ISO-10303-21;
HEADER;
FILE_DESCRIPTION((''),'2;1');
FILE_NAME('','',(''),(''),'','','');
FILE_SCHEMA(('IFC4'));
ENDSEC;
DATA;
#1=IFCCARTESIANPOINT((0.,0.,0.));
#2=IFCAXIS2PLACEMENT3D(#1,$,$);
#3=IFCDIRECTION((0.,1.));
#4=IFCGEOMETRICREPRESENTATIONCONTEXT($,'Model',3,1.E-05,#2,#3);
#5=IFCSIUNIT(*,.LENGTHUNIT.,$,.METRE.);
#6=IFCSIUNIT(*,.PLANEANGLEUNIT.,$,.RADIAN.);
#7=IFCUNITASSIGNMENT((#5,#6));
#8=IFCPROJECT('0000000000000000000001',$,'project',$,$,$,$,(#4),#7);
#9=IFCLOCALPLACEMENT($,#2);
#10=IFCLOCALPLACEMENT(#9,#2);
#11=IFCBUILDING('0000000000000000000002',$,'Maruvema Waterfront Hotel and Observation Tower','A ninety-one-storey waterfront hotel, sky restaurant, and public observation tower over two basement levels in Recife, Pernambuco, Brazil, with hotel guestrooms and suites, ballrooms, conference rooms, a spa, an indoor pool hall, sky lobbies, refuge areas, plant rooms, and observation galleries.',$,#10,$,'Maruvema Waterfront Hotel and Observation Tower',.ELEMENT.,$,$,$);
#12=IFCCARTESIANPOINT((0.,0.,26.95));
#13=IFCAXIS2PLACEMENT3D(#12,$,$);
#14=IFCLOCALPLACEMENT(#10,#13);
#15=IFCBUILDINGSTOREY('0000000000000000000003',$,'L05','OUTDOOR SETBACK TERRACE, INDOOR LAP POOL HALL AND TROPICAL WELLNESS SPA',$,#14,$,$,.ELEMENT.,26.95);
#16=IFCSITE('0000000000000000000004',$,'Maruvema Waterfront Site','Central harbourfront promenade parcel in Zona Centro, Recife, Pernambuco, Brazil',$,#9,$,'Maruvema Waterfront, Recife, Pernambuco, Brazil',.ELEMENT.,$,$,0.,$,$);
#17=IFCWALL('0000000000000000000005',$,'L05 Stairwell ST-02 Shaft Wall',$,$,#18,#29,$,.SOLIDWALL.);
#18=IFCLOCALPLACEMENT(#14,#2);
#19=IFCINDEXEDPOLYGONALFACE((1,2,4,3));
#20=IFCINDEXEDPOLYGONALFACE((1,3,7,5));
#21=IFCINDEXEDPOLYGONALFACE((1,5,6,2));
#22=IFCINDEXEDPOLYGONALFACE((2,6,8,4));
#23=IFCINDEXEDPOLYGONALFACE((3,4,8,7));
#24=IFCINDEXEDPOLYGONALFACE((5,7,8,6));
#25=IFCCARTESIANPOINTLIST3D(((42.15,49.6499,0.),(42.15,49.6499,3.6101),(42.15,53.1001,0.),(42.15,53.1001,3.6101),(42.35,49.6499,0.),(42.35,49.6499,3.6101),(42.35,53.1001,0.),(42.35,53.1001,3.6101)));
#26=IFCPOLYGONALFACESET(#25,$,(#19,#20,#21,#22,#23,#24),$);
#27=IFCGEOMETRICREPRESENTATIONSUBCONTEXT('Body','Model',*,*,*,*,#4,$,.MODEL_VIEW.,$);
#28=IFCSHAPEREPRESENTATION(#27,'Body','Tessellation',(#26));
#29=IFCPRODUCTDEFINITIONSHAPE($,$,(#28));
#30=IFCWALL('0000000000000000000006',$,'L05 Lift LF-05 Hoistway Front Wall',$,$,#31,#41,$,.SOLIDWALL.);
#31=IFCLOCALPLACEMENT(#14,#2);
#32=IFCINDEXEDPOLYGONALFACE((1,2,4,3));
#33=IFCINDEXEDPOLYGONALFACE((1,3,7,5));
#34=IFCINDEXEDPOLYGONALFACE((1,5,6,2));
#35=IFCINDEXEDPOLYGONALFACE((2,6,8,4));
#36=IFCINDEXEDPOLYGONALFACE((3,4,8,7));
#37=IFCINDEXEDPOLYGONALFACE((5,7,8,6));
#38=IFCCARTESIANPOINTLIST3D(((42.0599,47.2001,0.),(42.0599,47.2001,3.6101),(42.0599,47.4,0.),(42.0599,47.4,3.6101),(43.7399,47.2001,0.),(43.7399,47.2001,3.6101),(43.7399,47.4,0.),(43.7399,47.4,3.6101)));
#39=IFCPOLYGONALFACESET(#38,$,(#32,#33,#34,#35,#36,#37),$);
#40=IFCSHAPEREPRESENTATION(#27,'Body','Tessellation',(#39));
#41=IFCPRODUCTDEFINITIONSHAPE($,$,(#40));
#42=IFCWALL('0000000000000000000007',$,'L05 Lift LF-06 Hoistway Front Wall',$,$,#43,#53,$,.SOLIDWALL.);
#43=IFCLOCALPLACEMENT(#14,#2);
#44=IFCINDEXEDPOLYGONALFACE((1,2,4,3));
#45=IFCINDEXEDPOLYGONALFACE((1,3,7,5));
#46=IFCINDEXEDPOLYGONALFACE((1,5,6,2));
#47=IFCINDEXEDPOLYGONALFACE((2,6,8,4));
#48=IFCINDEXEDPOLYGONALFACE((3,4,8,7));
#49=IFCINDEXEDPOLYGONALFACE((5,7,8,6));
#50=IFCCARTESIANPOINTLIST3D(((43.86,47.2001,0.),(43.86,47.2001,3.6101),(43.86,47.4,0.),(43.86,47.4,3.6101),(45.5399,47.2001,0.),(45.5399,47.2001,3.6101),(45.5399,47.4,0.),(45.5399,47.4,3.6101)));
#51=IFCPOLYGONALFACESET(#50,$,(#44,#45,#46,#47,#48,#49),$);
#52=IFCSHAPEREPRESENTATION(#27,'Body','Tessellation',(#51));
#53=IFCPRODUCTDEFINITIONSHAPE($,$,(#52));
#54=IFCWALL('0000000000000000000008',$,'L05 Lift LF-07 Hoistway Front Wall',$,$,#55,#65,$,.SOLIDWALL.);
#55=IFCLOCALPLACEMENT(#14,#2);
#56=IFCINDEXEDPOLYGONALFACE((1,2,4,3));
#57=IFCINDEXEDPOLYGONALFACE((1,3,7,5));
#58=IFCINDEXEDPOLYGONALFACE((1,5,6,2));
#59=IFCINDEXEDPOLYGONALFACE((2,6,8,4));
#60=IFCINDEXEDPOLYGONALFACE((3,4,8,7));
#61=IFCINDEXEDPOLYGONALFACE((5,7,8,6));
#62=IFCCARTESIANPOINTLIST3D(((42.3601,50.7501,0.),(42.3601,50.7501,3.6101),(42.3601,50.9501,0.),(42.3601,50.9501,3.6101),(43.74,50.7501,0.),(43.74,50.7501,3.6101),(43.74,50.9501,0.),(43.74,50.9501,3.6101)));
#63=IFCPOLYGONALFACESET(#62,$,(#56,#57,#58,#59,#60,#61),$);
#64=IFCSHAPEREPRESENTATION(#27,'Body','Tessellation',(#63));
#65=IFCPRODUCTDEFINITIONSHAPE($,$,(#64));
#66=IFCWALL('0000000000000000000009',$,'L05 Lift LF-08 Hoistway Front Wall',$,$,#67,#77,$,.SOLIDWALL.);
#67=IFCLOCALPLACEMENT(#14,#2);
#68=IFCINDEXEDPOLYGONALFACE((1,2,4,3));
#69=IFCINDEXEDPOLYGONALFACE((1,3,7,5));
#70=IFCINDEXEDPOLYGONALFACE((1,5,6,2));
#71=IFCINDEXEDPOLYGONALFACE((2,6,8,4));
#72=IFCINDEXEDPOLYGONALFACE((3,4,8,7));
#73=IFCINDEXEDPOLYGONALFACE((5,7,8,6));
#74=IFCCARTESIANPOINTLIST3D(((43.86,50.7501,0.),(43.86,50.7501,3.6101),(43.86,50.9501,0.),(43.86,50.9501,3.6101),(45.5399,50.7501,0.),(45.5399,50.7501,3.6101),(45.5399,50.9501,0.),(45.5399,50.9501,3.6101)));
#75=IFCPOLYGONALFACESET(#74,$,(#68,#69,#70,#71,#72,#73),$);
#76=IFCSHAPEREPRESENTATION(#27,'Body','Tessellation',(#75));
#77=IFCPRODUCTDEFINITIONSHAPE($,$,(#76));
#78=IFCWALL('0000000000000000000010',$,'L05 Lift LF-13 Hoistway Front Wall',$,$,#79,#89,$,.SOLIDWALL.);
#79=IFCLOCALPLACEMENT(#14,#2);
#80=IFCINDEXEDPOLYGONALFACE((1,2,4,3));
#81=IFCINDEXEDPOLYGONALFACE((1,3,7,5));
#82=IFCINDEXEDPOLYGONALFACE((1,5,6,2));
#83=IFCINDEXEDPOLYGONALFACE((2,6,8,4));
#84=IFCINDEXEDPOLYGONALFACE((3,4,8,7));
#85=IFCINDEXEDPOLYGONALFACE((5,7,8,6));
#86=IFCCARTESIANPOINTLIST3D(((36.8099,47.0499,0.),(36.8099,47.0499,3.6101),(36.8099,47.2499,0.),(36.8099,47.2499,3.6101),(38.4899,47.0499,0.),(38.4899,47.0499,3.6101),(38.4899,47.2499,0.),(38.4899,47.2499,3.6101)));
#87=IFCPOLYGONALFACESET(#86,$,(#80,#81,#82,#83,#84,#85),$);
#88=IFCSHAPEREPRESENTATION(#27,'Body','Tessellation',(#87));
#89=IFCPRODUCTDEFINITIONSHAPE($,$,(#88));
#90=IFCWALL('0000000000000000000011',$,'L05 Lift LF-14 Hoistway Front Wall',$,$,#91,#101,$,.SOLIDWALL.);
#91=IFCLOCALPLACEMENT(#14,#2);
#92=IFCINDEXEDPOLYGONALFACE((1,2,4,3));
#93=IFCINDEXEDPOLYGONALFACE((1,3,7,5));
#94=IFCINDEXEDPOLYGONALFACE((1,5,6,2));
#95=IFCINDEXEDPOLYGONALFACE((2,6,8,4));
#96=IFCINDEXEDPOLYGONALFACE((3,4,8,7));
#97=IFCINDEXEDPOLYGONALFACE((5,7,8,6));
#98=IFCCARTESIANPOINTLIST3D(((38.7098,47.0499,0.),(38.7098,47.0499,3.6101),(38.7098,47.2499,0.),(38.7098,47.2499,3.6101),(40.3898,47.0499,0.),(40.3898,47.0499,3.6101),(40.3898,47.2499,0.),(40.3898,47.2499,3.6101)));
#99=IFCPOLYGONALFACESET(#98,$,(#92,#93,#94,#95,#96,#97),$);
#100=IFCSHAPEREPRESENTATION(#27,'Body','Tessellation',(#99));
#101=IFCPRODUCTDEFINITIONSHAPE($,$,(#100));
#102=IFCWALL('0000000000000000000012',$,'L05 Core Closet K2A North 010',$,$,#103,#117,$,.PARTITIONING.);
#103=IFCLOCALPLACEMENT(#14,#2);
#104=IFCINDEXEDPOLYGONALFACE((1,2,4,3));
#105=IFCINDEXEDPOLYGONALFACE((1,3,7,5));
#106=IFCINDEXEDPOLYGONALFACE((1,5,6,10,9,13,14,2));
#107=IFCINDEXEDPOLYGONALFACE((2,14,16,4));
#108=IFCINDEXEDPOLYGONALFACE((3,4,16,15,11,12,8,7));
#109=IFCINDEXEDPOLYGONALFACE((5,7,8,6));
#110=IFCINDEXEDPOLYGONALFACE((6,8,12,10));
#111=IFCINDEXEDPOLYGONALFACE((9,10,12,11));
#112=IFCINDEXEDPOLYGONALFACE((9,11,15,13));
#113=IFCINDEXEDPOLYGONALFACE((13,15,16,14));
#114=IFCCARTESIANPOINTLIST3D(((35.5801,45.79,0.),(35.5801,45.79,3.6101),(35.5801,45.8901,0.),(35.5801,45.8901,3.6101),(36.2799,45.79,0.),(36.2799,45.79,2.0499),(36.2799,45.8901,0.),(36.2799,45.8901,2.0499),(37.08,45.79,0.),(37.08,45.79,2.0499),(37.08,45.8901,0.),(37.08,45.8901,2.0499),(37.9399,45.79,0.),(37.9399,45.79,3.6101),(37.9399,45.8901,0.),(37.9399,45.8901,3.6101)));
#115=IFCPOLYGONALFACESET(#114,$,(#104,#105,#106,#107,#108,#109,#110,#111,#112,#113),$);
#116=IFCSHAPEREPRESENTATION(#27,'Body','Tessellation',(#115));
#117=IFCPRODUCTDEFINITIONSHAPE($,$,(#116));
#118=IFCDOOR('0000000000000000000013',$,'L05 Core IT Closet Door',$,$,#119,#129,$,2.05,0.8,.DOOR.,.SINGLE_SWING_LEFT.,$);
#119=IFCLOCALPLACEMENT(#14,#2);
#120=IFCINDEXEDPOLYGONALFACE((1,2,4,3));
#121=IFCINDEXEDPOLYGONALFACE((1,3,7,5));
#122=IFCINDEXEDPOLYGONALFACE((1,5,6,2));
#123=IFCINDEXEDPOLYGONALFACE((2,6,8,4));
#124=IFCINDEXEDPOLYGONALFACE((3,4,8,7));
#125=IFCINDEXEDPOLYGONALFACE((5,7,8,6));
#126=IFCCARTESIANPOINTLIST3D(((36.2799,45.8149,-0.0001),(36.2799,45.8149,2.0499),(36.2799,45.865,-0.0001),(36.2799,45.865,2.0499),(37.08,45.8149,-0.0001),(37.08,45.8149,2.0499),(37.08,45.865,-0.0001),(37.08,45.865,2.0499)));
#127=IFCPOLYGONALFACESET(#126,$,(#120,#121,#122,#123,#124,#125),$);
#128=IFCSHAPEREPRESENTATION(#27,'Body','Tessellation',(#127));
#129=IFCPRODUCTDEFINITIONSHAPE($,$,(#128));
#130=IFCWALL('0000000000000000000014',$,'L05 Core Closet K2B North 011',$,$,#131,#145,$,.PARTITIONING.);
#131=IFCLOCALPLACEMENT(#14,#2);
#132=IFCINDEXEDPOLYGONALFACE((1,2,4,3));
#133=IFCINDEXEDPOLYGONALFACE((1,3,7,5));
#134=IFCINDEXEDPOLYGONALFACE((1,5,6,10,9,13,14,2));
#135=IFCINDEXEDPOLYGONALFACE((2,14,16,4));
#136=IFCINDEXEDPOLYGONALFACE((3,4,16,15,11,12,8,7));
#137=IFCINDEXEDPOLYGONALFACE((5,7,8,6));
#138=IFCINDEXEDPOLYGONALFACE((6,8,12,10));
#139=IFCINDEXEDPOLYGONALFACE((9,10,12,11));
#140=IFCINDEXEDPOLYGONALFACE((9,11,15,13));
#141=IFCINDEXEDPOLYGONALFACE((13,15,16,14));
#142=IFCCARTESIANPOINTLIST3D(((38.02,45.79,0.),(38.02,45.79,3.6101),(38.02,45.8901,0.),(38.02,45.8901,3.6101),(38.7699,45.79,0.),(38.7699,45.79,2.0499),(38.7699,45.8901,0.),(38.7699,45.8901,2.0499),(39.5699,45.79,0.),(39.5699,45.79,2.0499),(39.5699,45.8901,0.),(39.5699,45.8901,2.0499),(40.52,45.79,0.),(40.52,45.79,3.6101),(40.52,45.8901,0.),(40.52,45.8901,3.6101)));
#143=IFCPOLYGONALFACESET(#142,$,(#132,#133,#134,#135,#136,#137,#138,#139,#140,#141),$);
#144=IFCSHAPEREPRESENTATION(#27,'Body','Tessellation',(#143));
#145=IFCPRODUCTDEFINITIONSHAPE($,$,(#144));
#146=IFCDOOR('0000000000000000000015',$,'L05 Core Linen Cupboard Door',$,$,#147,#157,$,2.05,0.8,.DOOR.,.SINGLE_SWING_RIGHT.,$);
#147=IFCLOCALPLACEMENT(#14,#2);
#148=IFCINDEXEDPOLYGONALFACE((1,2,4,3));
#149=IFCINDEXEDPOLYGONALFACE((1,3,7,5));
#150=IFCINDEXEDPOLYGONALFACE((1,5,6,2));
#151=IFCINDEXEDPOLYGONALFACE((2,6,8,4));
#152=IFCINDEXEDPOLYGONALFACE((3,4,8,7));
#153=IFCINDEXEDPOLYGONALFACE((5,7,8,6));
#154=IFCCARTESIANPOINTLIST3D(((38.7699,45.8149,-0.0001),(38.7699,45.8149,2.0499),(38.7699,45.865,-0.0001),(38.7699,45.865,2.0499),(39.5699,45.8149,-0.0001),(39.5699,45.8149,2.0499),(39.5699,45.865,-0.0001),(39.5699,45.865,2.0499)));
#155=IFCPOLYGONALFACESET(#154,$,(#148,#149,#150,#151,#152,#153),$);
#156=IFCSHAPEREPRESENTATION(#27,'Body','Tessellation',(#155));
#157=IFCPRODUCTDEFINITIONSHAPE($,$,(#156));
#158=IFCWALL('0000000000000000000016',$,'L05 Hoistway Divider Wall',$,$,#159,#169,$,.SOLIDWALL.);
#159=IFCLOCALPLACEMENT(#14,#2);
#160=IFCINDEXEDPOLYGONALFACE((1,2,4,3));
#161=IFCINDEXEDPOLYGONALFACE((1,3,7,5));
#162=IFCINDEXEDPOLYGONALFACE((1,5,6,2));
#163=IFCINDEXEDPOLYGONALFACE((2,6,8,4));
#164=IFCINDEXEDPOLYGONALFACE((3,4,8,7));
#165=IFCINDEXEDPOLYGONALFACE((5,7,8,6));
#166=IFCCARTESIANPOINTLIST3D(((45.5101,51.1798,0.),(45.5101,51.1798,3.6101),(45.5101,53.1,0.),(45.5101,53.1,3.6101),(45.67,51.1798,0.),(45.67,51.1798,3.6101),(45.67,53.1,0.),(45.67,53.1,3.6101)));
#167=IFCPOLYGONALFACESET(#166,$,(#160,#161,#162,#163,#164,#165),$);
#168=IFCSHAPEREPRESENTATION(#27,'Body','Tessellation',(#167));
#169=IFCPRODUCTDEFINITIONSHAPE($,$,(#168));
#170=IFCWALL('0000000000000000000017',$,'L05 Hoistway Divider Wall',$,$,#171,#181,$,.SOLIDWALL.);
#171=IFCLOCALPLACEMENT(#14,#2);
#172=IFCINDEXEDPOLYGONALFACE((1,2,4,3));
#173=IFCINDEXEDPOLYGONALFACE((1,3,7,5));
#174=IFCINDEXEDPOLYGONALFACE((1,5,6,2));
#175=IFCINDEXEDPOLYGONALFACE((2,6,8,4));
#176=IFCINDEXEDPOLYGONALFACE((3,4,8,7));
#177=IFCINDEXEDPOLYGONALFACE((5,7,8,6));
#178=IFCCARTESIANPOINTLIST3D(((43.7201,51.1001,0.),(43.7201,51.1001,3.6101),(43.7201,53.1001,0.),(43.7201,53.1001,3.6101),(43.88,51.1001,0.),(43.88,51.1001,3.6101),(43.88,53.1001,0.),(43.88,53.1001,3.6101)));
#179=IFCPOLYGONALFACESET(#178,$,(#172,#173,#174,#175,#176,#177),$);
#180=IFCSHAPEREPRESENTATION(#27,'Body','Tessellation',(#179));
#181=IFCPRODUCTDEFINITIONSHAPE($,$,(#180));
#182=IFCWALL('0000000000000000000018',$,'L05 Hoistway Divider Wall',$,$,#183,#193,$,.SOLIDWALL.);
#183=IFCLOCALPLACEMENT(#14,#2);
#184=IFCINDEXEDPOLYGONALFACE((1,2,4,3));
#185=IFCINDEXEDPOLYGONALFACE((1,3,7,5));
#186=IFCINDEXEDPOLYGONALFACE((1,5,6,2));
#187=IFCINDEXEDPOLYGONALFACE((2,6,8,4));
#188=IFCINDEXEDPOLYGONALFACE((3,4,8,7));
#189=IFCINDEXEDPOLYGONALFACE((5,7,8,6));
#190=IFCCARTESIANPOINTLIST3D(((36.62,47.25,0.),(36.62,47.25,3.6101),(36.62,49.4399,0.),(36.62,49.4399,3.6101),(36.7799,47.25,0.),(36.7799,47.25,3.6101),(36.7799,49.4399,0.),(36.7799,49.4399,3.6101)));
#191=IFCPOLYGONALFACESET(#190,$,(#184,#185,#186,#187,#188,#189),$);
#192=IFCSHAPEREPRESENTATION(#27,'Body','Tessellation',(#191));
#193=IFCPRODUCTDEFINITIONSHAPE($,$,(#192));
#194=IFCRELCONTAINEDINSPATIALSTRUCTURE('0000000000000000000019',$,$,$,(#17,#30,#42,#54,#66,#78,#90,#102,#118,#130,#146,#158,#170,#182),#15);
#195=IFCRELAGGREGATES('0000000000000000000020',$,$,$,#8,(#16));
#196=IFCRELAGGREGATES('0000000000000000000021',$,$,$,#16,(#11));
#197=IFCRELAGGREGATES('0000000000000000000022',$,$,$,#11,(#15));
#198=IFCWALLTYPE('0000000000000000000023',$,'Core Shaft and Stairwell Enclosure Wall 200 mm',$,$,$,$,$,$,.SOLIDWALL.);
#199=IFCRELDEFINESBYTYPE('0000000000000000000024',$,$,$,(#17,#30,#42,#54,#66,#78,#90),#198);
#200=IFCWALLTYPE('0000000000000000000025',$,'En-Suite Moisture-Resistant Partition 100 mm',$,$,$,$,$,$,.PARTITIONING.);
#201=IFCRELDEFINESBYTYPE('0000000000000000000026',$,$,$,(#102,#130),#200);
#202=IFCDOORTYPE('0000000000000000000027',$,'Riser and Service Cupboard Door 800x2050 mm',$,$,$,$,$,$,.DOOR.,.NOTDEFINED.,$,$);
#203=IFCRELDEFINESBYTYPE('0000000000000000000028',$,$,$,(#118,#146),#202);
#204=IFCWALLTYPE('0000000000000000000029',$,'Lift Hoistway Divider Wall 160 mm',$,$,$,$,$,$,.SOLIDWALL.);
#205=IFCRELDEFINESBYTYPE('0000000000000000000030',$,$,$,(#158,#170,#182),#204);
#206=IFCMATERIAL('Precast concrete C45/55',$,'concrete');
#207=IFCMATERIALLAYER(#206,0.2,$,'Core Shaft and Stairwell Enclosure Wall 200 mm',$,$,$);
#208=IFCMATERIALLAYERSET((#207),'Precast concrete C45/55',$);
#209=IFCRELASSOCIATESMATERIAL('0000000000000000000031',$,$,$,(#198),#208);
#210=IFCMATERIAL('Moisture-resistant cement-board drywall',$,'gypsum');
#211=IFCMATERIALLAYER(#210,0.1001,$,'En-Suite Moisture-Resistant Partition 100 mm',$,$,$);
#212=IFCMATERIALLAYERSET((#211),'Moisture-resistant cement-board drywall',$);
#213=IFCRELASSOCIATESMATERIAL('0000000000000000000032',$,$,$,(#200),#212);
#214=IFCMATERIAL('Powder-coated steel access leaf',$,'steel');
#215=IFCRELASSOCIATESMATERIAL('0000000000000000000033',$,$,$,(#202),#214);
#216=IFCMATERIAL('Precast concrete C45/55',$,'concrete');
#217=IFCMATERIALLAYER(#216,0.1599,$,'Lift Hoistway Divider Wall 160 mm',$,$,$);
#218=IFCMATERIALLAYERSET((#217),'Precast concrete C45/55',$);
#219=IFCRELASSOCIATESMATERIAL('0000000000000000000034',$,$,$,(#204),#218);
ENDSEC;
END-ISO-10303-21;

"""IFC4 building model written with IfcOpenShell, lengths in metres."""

from ifc_helpers import new_model, si_unit, direction, frame, frame_2d, origin, place, context, subcontext, project, spatial, rectangle, extrude, material, layer, layer_set, type_object, element, fill, save


model = new_model("IFC4")

# Units and contexts
model_context = context("Model", 3, precision=1e-05, world=origin(), true_north=direction((0.0, 1.0)))
body_context = subcontext(model_context, "Body", "Model", "MODEL_VIEW")
ifc_project = project(units=[si_unit("LENGTHUNIT", "METRE"), si_unit("PLANEANGLEUNIT", "RADIAN")], contexts=[model_context])

# Site, building, storey
site_placement = place(None, origin())
site = spatial("IfcSite", under=ifc_project, at=site_placement, Name="Maruvema Waterfront Site", Description="Central harbourfront promenade parcel in Zona Centro, Recife, Pernambuco, Brazil", LongName="Maruvema Waterfront, Recife, Pernambuco, Brazil", CompositionType="ELEMENT", RefElevation=0.0)
building_placement = place(site_placement, origin())
building = spatial("IfcBuilding", under=site, at=building_placement, Name="Maruvema Waterfront Hotel and Observation Tower", Description="A ninety-one-storey waterfront hotel, sky restaurant, and public observation tower over two basement levels in Recife, Pernambuco, Brazil, with hotel guestrooms and suites, ballrooms, conference rooms, a spa, an indoor pool hall, sky lobbies, refuge areas, plant rooms, and observation galleries.", LongName="Maruvema Waterfront Hotel and Observation Tower", CompositionType="ELEMENT")
storey_placement = place(building_placement, frame((0.0, 0.0, 26.95)))
storey = spatial("IfcBuildingStorey", under=building, at=storey_placement, Name="L05", Description="OUTDOOR SETBACK TERRACE, INDOOR LAP POOL HALL AND TROPICAL WELLNESS SPA", CompositionType="ELEMENT", Elevation=26.95)

# Walls
ifc_material_1 = material(Name="Precast concrete C45/55", Category="concrete")
ifc_layer_1 = layer(ifc_material_1, 0.2, Name="Core Shaft and Stairwell Enclosure Wall 200 mm")
ifc_layer_set_1 = layer_set([ifc_layer_1], Name="Precast concrete C45/55")
wall_type_1 = type_object("IfcWallType", Name="Core Shaft and Stairwell Enclosure Wall 200 mm", PredefinedType="SOLIDWALL", material=ifc_layer_set_1)
wall_1_placement = place(storey_placement, frame((42.25, 49.6499, 0.0), z_axis=(0.0, 0.0, 1.0), x_axis=(0.0, 1.0, 0.0)))
element("IfcWall", 1, at=wall_1_placement, inside=storey, type_object=wall_type_1, Name="L05 Stairwell ST-02 Shaft Wall", PredefinedType="SOLIDWALL", context=body_context, shape_type="SweptSolid", body=[
    extrude(rectangle(XDim=3.4502, YDim=0.2, at=frame_2d((1.7251, 0.0))), origin(), (0.0, 0.0, 1.0), 3.6101),
])
for number, where, z_axis, x_axis, name in (
    (2, (42.0601, 47.3, 0.0), (0.0, 0.0, 1.0), (1.0, 0.0, 0.0), "L05 Lift LF-05 Hoistway Front Wall"),
    (3, (43.8601, 47.3, 0.0), (0.0, 0.0, 1.0), (1.0, 0.0, 0.0), "L05 Lift LF-06 Hoistway Front Wall"),
):
    element("IfcWall", number, at=place(storey_placement, frame(where, z_axis=z_axis, x_axis=x_axis)), inside=storey, type_object=wall_type_1, Name=name, PredefinedType="SOLIDWALL", context=body_context, shape_type="SweptSolid", body=[
        extrude(rectangle(XDim=1.6799, YDim=0.2, at=frame_2d((0.8398, 0.0))), origin(), (0.0, 0.0, 1.0), 3.6101),
    ])
wall_2_placement = place(storey_placement, frame((42.3601, 50.8501, 0.0), z_axis=(0.0, 0.0, 1.0), x_axis=(1.0, 0.0, 0.0)))
element("IfcWall", 4, at=wall_2_placement, inside=storey, type_object=wall_type_1, Name="L05 Lift LF-07 Hoistway Front Wall", PredefinedType="SOLIDWALL", context=body_context, shape_type="SweptSolid", body=[
    extrude(rectangle(XDim=1.3799, YDim=0.2, at=frame_2d((0.6899, 0.0))), origin(), (0.0, 0.0, 1.0), 3.6101),
])
for number, where, z_axis, x_axis, name in (
    (5, (43.8601, 50.8501, 0.0), (0.0, 0.0, 1.0), (1.0, 0.0, 0.0), "L05 Lift LF-08 Hoistway Front Wall"),
    (6, (36.8101, 47.1499, 0.0), (0.0, 0.0, 1.0), (1.0, 0.0, 0.0), "L05 Lift LF-13 Hoistway Front Wall"),
    (7, (38.71, 47.1499, 0.0), (0.0, 0.0, 1.0), (1.0, 0.0, 0.0), "L05 Lift LF-14 Hoistway Front Wall"),
):
    element("IfcWall", number, at=place(storey_placement, frame(where, z_axis=z_axis, x_axis=x_axis)), inside=storey, type_object=wall_type_1, Name=name, PredefinedType="SOLIDWALL", context=body_context, shape_type="SweptSolid", body=[
        extrude(rectangle(XDim=1.6799, YDim=0.2, at=frame_2d((0.8398, 0.0))), origin(), (0.0, 0.0, 1.0), 3.6101),
    ])

# Walls, openings, doors
ifc_material_2 = material(Name="Moisture-resistant cement-board drywall", Category="gypsum")
ifc_layer_2 = layer(ifc_material_2, 0.1001, Name="En-Suite Moisture-Resistant Partition 100 mm")
ifc_layer_set_2 = layer_set([ifc_layer_2], Name="Moisture-resistant cement-board drywall")
wall_type_2 = type_object("IfcWallType", Name="En-Suite Moisture-Resistant Partition 100 mm", PredefinedType="PARTITIONING", material=ifc_layer_set_2)
wall_3_placement = place(storey_placement, frame((35.5801, 45.8401, 0.0), z_axis=(0.0, 0.0, 1.0), x_axis=(1.0, 0.0, 0.0)))
wall_3 = element("IfcWall", 8, at=wall_3_placement, inside=storey, type_object=wall_type_2, Name="L05 Core Closet K2A North 010", PredefinedType="PARTITIONING", context=body_context, shape_type="SweptSolid", body=[
    extrude(rectangle(XDim=2.3599, YDim=0.1001, at=frame_2d((1.1799, 0.0))), origin(), (0.0, 0.0, 1.0), 3.6101),
])
opening_1_placement = place(wall_3_placement, frame((0.7, 0.0, 0.0)))
opening_1 = element("IfcOpeningElement", 9, at=opening_1_placement, cuts=wall_3, PredefinedType="OPENING", context=body_context, shape_type="SweptSolid", body=[
    extrude(rectangle(XDim=0.8, YDim=2.05, at=frame_2d((0.3999, 1.0249))), frame((0.0, 0.0601, 0.0), z_axis=(0.0, -1.0, 0.0), x_axis=(1.0, 0.0, 0.0)), (0.0, 0.0, 1.0), 0.1201),
])
ifc_material_3 = material(Name="Powder-coated steel access leaf", Category="steel")
door_type = type_object("IfcDoorType", Name="Riser and Service Cupboard Door 800x2050 mm", OperationType="NOTDEFINED", PredefinedType="DOOR", material=ifc_material_3)
door_1_placement = place(opening_1_placement, origin())
door_1 = element("IfcDoor", 10, at=door_1_placement, inside=storey, type_object=door_type, Name="L05 Core IT Closet Door", OperationType="SINGLE_SWING_LEFT", OverallHeight=2.05, OverallWidth=0.8, PredefinedType="DOOR", context=body_context, shape_type="SweptSolid", body=[
    extrude(rectangle(XDim=0.8, YDim=2.05, at=frame_2d((0.3999, 1.0249))), frame((0.0, 0.0249, 0.0), z_axis=(0.0, -1.0, 0.0), x_axis=(1.0, 0.0, 0.0)), (0.0, 0.0, 1.0), 0.05),
])
fill(opening_1, door_1)
wall_4_placement = place(storey_placement, frame((38.02, 45.8401, 0.0), z_axis=(0.0, 0.0, 1.0), x_axis=(1.0, 0.0, 0.0)))
wall_4 = element("IfcWall", 11, at=wall_4_placement, inside=storey, type_object=wall_type_2, Name="L05 Core Closet K2B North 011", PredefinedType="PARTITIONING", context=body_context, shape_type="SweptSolid", body=[
    extrude(rectangle(XDim=2.5, YDim=0.1001, at=frame_2d((1.25, 0.0))), origin(), (0.0, 0.0, 1.0), 3.6101),
])
opening_2_placement = place(wall_4_placement, frame((0.75, 0.0, 0.0)))
opening_2 = element("IfcOpeningElement", 12, at=opening_2_placement, cuts=wall_4, PredefinedType="OPENING", context=body_context, shape_type="SweptSolid", body=[
    extrude(rectangle(XDim=0.8, YDim=2.05, at=frame_2d((0.3999, 1.0249))), frame((0.0, 0.0601, 0.0), z_axis=(0.0, -1.0, 0.0), x_axis=(1.0, 0.0, 0.0)), (0.0, 0.0, 1.0), 0.1201),
])
door_2_placement = place(opening_2_placement, origin())
door_2 = element("IfcDoor", 13, at=door_2_placement, inside=storey, type_object=door_type, Name="L05 Core Linen Cupboard Door", OperationType="SINGLE_SWING_RIGHT", OverallHeight=2.05, OverallWidth=0.8, PredefinedType="DOOR", context=body_context, shape_type="SweptSolid", body=[
    extrude(rectangle(XDim=0.8, YDim=2.05, at=frame_2d((0.3999, 1.0249))), frame((0.0, 0.0249, 0.0), z_axis=(0.0, -1.0, 0.0), x_axis=(1.0, 0.0, 0.0)), (0.0, 0.0, 1.0), 0.05),
])
fill(opening_2, door_2)

# Walls
ifc_material_4 = material(Name="Precast concrete C45/55", Category="concrete")
ifc_layer_3 = layer(ifc_material_4, 0.1599, Name="Lift Hoistway Divider Wall 160 mm")
ifc_layer_set_3 = layer_set([ifc_layer_3], Name="Precast concrete C45/55")
wall_type_3 = type_object("IfcWallType", Name="Lift Hoistway Divider Wall 160 mm", PredefinedType="SOLIDWALL", material=ifc_layer_set_3)
wall_5_placement = place(storey_placement, frame((45.5901, 51.1799, 0.0), z_axis=(0.0, 0.0, 1.0), x_axis=(0.0, 1.0, 0.0)))
element("IfcWall", 14, at=wall_5_placement, inside=storey, type_object=wall_type_3, Name="L05 Hoistway Divider Wall", PredefinedType="SOLIDWALL", context=body_context, shape_type="SweptSolid", body=[
    extrude(rectangle(XDim=1.9202, YDim=0.1599, at=frame_2d((0.96, 0.0))), origin(), (0.0, 0.0, 1.0), 3.6101),
])
wall_6_placement = place(storey_placement, frame((43.8, 51.1001, 0.0), z_axis=(0.0, 0.0, 1.0), x_axis=(0.0, 1.0, 0.0)))
element("IfcWall", 15, at=wall_6_placement, inside=storey, type_object=wall_type_3, Name="L05 Hoistway Divider Wall", PredefinedType="SOLIDWALL", context=body_context, shape_type="SweptSolid", body=[
    extrude(rectangle(XDim=2.0, YDim=0.1599, at=frame_2d((1.0, 0.0))), origin(), (0.0, 0.0, 1.0), 3.6101),
])
for number, where, z_axis, x_axis, name in (
    (16, (36.7, 47.25, 0.0), (0.0, 0.0, 1.0), (0.0, 1.0, 0.0), "L05 Hoistway Divider Wall"),
):
    element("IfcWall", number, at=place(storey_placement, frame(where, z_axis=z_axis, x_axis=x_axis)), inside=storey, type_object=wall_type_3, Name=name, PredefinedType="SOLIDWALL", context=body_context, shape_type="SweptSolid", body=[
        extrude(rectangle(XDim=2.1899, YDim=0.1599, at=frame_2d((1.095, 0.0))), origin(), (0.0, 0.0, 1.0), 3.6101),
    ])

save(model, "model.ifc")
